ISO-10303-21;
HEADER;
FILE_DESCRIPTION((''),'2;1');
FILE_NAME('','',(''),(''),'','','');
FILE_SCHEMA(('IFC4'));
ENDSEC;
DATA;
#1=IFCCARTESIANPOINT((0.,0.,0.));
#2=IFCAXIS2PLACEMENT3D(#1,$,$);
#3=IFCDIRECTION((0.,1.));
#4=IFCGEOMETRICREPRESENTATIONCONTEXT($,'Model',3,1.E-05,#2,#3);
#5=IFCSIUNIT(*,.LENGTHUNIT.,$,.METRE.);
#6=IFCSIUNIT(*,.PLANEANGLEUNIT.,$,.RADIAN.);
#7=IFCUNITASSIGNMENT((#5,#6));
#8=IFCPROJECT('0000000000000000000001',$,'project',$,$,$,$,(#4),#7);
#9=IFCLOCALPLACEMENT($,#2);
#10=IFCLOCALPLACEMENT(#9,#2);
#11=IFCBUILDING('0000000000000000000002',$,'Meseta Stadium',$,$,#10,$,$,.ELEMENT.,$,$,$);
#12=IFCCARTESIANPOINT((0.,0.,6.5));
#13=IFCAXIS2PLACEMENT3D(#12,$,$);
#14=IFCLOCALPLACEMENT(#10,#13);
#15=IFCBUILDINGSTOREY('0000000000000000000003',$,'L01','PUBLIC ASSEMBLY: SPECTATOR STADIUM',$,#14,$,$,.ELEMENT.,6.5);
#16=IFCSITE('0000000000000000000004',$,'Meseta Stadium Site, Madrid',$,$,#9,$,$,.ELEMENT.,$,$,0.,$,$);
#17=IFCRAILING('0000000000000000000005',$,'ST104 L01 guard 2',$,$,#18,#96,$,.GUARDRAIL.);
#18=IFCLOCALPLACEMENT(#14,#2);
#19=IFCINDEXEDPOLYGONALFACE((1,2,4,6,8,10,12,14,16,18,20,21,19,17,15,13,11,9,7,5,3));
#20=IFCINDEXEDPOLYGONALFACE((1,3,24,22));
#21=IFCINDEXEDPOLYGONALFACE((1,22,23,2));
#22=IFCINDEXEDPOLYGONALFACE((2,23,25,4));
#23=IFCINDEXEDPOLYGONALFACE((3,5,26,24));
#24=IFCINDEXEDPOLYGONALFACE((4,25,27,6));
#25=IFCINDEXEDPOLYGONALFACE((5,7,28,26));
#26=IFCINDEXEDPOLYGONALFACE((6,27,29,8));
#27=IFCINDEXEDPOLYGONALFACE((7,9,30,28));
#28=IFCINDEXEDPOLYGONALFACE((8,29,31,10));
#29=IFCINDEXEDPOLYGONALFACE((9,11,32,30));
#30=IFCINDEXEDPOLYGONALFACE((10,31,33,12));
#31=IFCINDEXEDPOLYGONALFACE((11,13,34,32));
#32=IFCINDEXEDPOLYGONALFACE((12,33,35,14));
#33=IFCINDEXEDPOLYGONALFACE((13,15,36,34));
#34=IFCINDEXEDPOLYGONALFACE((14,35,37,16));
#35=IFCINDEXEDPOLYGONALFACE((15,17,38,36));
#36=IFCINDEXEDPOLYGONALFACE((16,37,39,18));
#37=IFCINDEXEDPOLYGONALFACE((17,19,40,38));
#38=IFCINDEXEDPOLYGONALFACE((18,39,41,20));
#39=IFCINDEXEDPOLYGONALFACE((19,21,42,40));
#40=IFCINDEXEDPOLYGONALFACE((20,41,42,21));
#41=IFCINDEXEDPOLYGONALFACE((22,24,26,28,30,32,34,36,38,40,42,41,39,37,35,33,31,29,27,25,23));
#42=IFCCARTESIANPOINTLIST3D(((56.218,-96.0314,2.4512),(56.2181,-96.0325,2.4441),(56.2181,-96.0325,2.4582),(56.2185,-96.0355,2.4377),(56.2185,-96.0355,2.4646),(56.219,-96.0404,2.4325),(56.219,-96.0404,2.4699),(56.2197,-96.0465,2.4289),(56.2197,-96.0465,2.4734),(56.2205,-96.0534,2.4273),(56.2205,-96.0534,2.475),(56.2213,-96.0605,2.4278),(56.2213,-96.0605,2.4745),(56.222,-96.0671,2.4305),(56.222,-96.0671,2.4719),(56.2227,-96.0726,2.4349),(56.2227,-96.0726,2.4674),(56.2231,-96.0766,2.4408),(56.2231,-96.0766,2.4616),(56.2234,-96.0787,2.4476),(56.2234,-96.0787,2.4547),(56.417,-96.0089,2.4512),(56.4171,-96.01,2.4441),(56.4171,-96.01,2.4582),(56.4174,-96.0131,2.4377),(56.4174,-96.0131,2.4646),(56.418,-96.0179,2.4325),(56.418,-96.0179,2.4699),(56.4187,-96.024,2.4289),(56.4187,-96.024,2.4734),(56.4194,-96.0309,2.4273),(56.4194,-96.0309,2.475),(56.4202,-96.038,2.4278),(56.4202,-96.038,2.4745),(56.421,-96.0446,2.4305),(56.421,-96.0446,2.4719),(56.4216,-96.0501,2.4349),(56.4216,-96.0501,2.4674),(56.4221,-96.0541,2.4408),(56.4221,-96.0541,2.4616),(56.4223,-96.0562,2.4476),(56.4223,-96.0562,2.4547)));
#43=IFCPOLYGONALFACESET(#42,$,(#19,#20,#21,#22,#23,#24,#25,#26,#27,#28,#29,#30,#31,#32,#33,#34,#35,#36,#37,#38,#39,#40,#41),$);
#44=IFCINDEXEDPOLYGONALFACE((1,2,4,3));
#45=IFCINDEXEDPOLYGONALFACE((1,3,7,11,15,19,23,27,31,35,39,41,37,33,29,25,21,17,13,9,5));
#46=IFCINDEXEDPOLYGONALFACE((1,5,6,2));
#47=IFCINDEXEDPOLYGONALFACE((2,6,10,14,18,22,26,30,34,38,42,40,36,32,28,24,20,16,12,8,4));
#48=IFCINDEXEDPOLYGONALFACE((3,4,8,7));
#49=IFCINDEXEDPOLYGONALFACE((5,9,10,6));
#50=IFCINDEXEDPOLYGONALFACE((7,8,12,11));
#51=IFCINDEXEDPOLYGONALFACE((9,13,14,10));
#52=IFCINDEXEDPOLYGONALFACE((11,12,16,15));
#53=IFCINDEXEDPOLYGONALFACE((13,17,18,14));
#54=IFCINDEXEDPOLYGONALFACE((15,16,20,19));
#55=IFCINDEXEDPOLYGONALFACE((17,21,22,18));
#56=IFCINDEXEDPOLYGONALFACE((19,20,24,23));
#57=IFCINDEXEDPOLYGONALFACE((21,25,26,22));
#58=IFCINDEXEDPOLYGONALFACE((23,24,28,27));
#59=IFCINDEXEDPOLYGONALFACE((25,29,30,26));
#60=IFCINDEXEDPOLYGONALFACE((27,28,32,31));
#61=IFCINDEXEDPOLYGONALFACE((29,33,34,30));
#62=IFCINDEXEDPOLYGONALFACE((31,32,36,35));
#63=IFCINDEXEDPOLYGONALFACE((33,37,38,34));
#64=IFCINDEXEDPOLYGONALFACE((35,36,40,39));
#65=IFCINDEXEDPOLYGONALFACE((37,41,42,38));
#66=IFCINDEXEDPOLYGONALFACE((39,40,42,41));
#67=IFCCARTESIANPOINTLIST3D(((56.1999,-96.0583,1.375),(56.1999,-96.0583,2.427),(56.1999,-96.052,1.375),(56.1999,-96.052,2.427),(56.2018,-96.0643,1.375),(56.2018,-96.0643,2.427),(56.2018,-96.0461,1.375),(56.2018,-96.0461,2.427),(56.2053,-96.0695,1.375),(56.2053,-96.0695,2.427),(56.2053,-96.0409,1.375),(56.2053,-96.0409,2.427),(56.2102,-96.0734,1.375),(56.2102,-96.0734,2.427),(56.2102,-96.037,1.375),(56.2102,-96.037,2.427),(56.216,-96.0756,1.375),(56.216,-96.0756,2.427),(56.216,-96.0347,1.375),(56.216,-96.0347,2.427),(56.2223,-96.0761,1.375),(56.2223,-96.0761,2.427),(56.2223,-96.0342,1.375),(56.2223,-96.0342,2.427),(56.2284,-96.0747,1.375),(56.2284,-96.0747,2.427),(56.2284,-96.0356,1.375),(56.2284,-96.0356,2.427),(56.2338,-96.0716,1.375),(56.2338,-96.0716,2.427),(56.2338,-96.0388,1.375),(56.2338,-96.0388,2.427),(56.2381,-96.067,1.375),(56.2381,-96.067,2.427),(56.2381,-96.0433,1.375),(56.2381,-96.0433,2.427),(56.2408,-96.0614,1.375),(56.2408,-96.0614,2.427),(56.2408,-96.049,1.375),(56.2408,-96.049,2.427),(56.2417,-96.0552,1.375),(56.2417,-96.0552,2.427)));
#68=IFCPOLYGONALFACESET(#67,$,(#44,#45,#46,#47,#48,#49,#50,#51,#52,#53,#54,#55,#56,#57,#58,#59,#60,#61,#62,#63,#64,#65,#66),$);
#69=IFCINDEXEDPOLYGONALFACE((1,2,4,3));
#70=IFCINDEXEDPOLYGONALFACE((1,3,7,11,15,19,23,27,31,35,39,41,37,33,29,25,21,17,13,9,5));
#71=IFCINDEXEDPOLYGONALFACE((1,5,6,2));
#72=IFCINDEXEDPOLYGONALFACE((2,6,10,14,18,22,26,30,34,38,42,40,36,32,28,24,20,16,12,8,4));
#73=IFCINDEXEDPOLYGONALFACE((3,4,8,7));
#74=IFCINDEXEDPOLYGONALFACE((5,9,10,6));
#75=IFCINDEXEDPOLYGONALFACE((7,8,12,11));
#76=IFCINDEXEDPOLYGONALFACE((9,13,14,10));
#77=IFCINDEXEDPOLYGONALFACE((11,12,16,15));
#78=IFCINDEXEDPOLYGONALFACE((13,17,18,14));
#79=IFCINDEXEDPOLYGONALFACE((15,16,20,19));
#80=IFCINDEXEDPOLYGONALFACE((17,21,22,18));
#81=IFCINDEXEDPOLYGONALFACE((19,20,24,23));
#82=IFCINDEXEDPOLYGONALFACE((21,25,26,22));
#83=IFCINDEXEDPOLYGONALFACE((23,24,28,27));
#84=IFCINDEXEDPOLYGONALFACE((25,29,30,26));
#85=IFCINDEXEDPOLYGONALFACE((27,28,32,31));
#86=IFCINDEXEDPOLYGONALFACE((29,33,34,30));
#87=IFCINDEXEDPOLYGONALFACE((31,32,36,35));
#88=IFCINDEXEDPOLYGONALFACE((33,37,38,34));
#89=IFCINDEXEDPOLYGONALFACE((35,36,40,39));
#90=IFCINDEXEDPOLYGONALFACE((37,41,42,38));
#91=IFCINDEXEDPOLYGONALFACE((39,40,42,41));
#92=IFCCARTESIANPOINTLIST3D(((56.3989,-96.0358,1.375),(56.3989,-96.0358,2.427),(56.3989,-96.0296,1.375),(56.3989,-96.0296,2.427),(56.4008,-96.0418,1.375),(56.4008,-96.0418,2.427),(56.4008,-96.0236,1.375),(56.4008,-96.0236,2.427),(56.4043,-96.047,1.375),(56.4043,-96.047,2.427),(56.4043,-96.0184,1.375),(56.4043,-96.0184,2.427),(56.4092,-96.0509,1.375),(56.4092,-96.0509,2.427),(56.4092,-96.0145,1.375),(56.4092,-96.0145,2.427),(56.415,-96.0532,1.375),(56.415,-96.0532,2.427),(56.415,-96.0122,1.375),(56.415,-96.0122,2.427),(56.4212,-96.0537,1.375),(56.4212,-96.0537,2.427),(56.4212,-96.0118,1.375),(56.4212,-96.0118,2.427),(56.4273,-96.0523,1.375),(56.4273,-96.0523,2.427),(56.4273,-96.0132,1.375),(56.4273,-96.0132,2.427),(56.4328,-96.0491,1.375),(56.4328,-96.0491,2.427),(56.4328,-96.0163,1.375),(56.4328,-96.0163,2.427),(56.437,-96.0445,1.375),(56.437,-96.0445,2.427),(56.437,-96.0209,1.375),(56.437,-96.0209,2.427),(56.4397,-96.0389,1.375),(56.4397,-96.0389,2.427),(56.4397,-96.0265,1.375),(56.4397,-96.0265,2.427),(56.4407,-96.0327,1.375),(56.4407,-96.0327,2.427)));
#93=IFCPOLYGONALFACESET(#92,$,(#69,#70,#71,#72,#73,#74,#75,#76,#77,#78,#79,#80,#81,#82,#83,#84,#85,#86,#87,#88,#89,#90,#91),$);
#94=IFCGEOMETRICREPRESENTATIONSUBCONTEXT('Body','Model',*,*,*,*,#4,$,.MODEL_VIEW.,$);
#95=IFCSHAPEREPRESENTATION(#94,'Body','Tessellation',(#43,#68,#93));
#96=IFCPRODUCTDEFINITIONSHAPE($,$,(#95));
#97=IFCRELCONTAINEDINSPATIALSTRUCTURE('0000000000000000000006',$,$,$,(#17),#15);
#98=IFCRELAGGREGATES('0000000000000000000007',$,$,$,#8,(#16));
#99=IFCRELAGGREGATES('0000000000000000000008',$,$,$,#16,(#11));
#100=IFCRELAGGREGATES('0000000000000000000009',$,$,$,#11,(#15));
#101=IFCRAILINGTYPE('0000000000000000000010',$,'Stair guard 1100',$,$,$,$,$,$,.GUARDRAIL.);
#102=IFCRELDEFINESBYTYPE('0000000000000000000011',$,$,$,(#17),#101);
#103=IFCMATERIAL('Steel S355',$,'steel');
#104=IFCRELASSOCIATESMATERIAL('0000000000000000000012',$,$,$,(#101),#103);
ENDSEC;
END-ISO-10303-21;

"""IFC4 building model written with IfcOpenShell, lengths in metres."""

from ifc_helpers import new_model, si_unit, direction, frame, origin, origin_2d, place, context, subcontext, project, spatial, circle, extrude, material, type_object, element, save


model = new_model("IFC4")

# Units and contexts
model_context = context("Model", 3, precision=1e-05, world=origin(), true_north=direction((0.0, 1.0)))
body_context = subcontext(model_context, "Body", "Model", "MODEL_VIEW")
ifc_project = project(units=[si_unit("LENGTHUNIT", "METRE"), si_unit("PLANEANGLEUNIT", "RADIAN")], contexts=[model_context])

# Site, building, storey
site_placement = place(None, origin())
site = spatial("IfcSite", under=ifc_project, at=site_placement, Name="Meseta Stadium Site, Madrid", CompositionType="ELEMENT", RefElevation=0.0)
building_placement = place(site_placement, origin())
building = spatial("IfcBuilding", under=site, at=building_placement, Name="Meseta Stadium", CompositionType="ELEMENT")
storey_placement = place(building_placement, frame((0.0, 0.0, 6.5)))
storey = spatial("IfcBuildingStorey", under=building, at=storey_placement, Name="L01", Description="PUBLIC ASSEMBLY: SPECTATOR STADIUM", CompositionType="ELEMENT", Elevation=6.5)

# Railing
ifc_material_1 = material(Name="Steel S355", Category="steel")
railing_type_1 = type_object("IfcRailingType", Name="Stair guard 1100", PredefinedType="GUARDRAIL", material=ifc_material_1)
railing_1_placement = place(storey_placement, frame((56.2207, -96.0552, 1.375)))
element("IfcRailing", 1, at=railing_1_placement, inside=storey, type_object=railing_type_1, Name="ST104 L01 guard 2", PredefinedType="GUARDRAIL", context=body_context, shape_type="SweptSolid", body=[
    extrude(circle(Radius=0.0239, at=origin_2d()), frame((0.0, 0.0, 1.0762), z_axis=(0.993689, 0.112171, 0.0), x_axis=(-0.112171, 0.993689, 0.0)), (0.0, 0.0, 1.0), 0.2002),
    extrude(circle(Radius=0.021, at=origin_2d()), origin(), (0.0, 0.0, 1.0), 1.052),
    extrude(circle(Radius=0.021, at=origin_2d()), frame((0.199, 0.0225, 0.0)), (0.0, 0.0, 1.0), 1.052),
])

save(model, "model.ifc")
